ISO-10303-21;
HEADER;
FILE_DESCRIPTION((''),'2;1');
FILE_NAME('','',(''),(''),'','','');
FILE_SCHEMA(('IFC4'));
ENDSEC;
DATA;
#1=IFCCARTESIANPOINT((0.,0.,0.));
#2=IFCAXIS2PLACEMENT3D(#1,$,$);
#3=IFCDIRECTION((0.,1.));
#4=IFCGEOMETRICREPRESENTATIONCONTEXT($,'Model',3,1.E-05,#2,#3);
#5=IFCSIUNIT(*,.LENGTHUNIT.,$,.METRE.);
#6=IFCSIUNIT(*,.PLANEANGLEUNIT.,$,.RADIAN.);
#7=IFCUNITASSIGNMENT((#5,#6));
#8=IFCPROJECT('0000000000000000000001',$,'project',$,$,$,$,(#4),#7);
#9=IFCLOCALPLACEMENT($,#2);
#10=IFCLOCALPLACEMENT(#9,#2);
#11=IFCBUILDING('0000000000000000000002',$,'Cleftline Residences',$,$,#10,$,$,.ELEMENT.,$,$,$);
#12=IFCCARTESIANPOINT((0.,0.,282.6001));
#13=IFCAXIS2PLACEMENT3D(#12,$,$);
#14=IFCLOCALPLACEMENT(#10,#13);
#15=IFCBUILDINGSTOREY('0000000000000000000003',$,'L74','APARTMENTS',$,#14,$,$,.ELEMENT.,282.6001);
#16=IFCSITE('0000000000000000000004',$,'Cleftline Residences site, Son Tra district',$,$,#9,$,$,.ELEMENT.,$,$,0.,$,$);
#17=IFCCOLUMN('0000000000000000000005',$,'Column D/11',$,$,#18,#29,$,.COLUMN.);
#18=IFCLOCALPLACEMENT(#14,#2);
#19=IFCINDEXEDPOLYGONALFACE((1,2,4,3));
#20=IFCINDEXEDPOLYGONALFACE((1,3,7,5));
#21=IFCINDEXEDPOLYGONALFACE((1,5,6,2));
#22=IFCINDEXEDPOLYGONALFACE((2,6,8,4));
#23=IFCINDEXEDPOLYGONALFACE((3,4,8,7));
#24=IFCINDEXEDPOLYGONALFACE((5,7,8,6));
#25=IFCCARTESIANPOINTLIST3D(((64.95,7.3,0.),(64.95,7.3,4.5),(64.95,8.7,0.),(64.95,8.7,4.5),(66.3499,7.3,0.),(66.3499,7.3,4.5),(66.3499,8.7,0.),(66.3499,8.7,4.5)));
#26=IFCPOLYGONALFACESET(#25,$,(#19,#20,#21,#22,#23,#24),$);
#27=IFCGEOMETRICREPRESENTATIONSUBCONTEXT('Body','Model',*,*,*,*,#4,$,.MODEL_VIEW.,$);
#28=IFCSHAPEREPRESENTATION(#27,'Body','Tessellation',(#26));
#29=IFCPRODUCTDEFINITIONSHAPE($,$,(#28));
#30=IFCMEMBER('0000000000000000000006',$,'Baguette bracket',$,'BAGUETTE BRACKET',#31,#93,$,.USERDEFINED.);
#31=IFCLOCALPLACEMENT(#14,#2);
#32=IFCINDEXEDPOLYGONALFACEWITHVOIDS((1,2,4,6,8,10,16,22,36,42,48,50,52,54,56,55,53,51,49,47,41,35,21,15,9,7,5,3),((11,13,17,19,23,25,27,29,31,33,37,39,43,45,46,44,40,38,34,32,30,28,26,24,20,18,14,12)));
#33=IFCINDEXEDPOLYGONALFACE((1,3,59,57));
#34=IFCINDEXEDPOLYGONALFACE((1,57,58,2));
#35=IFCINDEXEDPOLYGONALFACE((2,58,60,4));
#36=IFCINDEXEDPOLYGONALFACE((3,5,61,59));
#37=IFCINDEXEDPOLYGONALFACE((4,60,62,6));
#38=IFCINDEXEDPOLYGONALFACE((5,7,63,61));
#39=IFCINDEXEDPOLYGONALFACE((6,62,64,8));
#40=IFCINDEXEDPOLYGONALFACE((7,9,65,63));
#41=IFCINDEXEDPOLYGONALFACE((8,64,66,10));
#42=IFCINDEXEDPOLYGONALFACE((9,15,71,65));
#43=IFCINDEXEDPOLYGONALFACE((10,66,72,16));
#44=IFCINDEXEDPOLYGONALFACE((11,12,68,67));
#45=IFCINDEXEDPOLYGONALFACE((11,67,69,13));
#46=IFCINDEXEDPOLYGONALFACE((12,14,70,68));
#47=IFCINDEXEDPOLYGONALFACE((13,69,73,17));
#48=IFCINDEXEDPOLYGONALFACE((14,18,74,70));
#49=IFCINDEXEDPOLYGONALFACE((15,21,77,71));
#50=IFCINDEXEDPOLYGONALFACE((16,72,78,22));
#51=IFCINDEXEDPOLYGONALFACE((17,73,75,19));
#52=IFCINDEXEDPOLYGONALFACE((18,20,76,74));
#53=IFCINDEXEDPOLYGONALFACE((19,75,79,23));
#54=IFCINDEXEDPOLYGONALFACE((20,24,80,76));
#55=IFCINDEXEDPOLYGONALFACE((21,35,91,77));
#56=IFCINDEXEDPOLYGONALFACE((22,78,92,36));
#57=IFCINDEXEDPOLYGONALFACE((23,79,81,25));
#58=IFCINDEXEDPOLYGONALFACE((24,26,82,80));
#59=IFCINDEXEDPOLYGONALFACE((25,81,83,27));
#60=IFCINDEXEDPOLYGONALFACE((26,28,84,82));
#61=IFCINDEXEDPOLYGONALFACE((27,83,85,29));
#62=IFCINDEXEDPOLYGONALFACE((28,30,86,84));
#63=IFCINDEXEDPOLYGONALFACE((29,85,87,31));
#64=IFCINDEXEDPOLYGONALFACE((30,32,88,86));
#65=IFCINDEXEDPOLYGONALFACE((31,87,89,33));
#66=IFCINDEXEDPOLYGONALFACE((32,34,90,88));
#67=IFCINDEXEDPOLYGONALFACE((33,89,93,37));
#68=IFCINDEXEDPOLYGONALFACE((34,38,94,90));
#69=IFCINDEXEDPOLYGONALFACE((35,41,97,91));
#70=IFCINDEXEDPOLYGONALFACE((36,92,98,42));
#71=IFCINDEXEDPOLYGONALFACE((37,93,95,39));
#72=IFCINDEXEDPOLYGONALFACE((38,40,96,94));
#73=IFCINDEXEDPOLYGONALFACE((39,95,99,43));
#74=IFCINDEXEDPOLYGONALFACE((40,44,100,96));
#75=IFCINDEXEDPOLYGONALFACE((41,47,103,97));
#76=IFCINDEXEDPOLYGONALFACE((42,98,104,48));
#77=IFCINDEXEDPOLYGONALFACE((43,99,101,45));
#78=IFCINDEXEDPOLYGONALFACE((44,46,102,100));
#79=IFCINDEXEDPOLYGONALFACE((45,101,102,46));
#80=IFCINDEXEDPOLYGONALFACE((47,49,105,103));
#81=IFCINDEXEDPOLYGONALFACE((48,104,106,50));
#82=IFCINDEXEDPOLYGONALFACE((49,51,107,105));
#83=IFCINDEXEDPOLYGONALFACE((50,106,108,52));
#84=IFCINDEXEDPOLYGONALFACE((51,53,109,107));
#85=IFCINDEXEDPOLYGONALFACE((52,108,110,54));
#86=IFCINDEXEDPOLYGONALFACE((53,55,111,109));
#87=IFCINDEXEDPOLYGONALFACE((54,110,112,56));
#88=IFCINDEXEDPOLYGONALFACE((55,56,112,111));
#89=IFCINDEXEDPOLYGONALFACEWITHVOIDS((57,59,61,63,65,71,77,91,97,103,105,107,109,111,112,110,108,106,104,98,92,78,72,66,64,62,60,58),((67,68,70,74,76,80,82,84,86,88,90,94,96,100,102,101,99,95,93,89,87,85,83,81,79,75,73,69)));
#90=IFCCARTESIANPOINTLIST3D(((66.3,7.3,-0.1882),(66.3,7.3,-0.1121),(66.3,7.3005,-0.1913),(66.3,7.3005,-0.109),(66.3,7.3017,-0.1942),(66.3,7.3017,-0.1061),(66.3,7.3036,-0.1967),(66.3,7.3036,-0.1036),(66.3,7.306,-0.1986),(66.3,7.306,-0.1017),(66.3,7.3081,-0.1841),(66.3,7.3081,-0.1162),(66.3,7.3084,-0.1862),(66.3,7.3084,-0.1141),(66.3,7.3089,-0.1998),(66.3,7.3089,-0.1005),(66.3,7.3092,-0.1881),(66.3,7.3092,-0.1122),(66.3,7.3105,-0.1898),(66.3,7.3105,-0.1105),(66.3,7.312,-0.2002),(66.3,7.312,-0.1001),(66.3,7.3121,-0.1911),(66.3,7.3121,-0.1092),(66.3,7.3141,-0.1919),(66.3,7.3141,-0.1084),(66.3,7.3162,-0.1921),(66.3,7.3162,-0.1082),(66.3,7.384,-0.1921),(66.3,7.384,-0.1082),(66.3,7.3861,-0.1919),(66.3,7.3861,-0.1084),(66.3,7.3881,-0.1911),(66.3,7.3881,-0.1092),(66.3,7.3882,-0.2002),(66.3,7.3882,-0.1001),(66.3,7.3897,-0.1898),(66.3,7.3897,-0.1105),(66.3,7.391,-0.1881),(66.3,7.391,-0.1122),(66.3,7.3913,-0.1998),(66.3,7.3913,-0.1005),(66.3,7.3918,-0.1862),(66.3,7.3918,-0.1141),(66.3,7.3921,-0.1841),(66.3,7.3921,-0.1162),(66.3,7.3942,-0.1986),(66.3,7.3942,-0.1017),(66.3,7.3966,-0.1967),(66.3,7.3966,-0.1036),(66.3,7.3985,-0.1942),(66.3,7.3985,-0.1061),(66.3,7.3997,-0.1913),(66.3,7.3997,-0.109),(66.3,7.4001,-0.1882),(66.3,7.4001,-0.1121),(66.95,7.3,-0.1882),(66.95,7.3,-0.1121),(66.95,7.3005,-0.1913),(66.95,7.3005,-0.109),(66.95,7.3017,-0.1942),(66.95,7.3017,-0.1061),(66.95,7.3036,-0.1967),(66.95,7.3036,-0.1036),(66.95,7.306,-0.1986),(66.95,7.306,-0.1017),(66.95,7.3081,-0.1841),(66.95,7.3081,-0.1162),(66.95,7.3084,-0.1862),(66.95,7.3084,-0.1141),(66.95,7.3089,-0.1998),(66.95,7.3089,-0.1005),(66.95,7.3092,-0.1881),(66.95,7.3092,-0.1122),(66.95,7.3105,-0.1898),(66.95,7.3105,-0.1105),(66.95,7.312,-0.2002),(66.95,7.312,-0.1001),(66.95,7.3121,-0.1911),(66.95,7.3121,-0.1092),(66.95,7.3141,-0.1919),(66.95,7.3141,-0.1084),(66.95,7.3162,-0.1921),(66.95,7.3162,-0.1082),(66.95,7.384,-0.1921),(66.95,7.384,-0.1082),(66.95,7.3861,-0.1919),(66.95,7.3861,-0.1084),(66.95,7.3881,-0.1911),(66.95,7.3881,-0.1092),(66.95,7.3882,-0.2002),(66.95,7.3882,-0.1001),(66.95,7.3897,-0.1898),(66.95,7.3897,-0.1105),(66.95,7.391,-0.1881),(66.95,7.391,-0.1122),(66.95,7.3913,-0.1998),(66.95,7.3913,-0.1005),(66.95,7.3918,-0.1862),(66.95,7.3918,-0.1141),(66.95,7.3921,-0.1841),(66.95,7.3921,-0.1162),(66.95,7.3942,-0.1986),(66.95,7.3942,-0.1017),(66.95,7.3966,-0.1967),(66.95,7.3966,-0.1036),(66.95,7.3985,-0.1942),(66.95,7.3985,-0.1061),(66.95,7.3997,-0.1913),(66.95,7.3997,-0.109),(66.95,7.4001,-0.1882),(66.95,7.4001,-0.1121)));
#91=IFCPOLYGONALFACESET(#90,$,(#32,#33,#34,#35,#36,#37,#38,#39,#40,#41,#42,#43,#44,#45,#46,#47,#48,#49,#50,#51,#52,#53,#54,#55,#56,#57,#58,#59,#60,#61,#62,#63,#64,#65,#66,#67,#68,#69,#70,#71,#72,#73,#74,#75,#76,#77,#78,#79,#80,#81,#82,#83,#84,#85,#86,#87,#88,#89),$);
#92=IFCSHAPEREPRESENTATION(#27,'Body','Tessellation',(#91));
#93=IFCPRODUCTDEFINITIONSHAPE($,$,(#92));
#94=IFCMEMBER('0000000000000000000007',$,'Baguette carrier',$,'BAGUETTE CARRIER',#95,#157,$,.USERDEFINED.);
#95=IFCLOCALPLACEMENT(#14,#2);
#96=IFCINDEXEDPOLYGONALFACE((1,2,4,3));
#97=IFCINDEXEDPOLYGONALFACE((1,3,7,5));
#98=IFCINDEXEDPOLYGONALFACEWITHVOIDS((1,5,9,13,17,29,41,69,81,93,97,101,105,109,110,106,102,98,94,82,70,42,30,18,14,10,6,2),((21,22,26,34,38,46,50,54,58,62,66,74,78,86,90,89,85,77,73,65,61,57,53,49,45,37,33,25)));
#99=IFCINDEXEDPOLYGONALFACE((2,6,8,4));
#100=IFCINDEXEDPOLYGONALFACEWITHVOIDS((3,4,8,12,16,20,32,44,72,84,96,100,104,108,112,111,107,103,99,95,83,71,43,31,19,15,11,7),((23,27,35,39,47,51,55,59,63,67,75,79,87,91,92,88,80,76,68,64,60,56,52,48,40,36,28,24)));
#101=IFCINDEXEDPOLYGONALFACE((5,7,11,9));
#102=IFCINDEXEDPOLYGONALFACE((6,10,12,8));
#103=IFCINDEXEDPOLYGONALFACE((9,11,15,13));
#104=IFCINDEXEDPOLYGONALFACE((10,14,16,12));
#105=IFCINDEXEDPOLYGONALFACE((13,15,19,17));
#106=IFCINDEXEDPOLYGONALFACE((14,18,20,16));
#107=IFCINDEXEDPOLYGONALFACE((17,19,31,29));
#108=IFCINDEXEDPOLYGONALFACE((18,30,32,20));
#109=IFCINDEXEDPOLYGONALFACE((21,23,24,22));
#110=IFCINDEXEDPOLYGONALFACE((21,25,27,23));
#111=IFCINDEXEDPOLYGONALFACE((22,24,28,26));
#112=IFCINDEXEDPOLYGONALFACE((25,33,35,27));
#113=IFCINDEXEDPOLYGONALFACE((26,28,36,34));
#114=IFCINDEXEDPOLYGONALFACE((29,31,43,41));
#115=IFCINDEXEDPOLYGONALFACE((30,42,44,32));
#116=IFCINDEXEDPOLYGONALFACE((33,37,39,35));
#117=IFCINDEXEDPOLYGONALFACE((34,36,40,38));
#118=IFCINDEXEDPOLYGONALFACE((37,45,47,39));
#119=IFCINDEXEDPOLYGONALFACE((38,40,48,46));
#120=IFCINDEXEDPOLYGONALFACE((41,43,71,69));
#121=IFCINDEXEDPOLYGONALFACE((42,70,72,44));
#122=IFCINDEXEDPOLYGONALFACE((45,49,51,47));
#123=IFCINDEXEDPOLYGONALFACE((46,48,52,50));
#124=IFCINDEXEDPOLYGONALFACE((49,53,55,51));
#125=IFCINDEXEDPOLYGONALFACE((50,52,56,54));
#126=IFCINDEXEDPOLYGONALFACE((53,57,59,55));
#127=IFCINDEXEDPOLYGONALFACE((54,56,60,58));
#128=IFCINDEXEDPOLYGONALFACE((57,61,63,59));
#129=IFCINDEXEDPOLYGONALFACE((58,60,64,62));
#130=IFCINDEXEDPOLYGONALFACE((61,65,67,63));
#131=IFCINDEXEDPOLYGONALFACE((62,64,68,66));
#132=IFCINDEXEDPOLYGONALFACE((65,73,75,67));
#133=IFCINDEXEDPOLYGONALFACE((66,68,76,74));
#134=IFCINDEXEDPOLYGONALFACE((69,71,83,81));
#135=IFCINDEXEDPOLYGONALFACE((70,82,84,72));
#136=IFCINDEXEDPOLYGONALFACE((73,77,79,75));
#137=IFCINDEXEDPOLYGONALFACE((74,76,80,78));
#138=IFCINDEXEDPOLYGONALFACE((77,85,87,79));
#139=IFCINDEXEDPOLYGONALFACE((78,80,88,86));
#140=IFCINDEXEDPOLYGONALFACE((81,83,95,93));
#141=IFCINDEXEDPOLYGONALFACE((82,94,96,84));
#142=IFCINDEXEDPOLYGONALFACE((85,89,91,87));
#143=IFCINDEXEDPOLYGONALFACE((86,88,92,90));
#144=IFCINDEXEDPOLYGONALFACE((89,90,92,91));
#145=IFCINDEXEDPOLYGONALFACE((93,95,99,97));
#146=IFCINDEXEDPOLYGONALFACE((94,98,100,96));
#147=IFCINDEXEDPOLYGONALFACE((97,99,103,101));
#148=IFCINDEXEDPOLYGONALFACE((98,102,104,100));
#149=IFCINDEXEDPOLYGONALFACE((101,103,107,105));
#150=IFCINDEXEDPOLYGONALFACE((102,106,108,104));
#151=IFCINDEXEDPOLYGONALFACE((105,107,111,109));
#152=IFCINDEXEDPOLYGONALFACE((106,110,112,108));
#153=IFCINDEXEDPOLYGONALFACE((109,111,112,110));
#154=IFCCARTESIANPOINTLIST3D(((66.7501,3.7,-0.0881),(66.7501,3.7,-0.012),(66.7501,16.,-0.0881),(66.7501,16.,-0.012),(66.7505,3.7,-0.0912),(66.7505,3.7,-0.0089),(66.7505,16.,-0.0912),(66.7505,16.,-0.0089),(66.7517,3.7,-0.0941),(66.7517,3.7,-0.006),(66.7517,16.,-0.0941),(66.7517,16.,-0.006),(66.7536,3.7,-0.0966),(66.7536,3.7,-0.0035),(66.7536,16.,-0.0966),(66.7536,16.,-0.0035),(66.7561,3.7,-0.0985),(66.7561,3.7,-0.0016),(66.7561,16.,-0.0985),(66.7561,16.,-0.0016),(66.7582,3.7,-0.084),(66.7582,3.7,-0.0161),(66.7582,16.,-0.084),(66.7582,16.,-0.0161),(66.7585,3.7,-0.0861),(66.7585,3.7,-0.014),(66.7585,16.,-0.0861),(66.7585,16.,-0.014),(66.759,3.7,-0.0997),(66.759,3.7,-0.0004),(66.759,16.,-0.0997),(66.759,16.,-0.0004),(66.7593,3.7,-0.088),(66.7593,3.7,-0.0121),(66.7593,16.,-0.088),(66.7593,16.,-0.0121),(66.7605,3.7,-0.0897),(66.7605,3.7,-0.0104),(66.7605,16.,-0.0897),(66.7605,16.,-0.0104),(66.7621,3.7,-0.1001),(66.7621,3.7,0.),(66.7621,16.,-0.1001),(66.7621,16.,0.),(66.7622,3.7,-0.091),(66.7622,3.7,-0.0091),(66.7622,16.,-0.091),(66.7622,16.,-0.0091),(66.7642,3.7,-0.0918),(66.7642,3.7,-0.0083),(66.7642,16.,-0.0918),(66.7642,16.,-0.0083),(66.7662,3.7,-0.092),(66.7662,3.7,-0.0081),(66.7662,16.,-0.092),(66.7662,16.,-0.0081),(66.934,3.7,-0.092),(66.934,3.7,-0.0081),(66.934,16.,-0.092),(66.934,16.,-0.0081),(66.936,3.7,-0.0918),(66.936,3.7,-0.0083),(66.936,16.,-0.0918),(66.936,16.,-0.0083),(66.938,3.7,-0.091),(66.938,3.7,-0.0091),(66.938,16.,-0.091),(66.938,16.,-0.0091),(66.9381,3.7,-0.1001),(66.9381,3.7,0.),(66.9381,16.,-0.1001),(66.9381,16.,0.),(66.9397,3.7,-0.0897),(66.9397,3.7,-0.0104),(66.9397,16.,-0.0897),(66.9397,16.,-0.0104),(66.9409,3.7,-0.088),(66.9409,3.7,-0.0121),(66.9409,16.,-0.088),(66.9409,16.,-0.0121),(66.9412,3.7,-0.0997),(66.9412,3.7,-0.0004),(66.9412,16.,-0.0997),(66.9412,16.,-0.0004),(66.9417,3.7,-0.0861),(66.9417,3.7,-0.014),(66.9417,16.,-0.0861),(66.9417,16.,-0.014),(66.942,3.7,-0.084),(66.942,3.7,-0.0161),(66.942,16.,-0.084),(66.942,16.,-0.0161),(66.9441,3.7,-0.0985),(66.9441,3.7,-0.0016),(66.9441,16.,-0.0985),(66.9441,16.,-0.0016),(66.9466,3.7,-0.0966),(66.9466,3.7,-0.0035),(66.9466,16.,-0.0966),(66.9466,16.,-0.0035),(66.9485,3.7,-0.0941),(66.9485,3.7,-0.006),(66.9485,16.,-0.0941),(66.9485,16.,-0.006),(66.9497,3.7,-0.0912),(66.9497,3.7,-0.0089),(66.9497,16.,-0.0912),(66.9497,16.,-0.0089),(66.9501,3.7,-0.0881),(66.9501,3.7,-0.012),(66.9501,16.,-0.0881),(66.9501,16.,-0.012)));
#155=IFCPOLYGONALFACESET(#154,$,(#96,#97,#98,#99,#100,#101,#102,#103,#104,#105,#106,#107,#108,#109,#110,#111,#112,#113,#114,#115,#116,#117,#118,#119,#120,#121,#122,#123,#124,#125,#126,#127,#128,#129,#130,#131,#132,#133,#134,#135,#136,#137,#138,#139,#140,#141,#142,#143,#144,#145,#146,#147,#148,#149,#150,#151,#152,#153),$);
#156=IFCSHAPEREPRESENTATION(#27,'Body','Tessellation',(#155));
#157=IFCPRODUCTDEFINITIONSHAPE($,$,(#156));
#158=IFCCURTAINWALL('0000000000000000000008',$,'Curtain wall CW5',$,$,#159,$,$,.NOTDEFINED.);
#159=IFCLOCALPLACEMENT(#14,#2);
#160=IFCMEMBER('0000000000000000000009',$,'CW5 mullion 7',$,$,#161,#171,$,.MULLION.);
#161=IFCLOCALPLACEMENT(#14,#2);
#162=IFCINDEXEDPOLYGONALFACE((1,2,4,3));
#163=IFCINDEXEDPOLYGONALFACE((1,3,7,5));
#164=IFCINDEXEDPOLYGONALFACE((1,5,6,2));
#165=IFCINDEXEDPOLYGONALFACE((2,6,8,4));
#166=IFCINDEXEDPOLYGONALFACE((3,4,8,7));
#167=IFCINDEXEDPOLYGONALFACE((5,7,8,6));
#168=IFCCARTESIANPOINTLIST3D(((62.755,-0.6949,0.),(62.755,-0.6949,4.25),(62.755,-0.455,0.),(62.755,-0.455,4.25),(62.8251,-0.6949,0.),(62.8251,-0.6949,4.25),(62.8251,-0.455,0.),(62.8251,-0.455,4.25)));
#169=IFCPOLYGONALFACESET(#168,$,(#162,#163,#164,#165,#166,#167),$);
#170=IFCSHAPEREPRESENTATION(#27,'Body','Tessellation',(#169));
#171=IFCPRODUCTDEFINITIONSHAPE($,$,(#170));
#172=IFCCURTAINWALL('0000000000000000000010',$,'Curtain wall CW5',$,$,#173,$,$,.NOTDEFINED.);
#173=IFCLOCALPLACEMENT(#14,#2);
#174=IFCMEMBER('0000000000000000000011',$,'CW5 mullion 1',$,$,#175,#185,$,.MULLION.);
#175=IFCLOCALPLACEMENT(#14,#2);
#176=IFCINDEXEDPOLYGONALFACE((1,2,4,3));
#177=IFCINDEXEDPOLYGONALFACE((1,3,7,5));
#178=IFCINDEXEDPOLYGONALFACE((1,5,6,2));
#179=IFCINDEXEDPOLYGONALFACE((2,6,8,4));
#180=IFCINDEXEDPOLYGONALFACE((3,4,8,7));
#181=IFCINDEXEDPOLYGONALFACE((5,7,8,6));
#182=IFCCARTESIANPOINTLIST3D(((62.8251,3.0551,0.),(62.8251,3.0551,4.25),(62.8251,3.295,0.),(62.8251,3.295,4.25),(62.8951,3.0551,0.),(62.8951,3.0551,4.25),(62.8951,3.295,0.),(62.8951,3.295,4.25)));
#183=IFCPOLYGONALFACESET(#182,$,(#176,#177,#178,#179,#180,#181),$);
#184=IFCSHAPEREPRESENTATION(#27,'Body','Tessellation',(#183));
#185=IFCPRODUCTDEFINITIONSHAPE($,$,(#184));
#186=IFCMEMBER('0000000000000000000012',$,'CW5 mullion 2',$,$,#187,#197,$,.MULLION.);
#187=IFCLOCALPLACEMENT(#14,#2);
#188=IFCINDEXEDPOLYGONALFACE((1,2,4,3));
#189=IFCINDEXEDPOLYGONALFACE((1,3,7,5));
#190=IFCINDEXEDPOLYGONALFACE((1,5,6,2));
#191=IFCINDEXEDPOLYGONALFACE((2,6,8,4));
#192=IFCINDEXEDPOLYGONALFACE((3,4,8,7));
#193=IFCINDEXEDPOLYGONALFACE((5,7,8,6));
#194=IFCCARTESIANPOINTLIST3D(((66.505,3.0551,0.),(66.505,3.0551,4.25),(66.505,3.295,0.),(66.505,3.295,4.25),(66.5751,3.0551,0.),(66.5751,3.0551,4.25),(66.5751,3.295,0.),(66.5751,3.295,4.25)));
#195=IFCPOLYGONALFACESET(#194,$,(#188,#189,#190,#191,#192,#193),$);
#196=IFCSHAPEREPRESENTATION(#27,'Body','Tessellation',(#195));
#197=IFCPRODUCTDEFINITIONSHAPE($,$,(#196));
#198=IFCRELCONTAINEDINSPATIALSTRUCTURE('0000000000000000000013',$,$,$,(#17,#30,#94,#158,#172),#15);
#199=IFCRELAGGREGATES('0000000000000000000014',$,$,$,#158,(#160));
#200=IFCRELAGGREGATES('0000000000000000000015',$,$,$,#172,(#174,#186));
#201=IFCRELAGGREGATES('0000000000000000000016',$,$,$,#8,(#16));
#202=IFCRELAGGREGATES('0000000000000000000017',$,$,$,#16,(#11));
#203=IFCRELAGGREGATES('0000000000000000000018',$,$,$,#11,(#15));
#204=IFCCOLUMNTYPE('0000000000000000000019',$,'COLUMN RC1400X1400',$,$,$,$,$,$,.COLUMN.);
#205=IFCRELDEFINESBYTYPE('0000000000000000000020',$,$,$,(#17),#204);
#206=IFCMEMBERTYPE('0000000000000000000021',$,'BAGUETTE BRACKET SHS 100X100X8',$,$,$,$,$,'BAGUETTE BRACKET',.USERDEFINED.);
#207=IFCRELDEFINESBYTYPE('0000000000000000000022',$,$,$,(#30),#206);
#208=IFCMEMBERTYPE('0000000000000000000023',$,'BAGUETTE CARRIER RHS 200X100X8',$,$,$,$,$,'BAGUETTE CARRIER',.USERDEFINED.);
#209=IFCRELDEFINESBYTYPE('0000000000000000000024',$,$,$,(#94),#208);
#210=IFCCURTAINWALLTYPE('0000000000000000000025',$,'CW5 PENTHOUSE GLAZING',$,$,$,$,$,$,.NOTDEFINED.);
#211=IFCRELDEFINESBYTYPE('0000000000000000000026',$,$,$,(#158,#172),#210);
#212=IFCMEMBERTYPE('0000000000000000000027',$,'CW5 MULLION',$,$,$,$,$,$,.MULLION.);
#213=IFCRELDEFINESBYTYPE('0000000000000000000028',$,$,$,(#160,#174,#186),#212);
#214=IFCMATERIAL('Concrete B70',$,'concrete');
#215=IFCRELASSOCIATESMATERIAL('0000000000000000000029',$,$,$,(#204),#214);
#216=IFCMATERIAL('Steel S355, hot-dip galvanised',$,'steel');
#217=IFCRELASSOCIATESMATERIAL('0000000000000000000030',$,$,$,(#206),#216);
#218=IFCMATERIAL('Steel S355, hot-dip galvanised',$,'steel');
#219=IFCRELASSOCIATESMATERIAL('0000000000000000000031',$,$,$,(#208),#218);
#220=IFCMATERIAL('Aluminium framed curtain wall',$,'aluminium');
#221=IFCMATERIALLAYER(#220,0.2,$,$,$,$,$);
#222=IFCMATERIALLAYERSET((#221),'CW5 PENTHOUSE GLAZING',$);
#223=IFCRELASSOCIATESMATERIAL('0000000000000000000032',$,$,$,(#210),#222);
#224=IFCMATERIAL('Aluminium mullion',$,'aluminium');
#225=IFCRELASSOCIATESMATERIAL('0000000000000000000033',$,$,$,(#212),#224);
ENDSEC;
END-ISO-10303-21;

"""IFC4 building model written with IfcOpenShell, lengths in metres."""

from ifc_helpers import new_model, si_unit, direction, frame, origin, origin_2d, place, context, subcontext, project, spatial, rectangle, hollow_rectangle, extrude, material, layer, layer_set, material_profile, profile_set, type_object, element, aggregate, save


model = new_model("IFC4")

# Units and contexts
model_context = context("Model", 3, precision=1e-05, world=origin(), true_north=direction((0.0, 1.0)))
body_context = subcontext(model_context, "Body", "Model", "MODEL_VIEW")
ifc_project = project(units=[si_unit("LENGTHUNIT", "METRE"), si_unit("PLANEANGLEUNIT", "RADIAN")], contexts=[model_context])

# Site, building, storey
site_placement = place(None, origin())
site = spatial("IfcSite", under=ifc_project, at=site_placement, Name="Cleftline Residences site, Son Tra district", CompositionType="ELEMENT", RefElevation=0.0)
building_placement = place(site_placement, origin())
building = spatial("IfcBuilding", under=site, at=building_placement, Name="Cleftline Residences", CompositionType="ELEMENT")
storey_placement = place(building_placement, frame((0.0, 0.0, 282.6001)))
storey = spatial("IfcBuildingStorey", under=building, at=storey_placement, Name="L74", Description="APARTMENTS", CompositionType="ELEMENT", Elevation=282.6001)

# Column
ifc_material_1 = material(Name="Concrete B70", Category="concrete")
ifc_material_profile_1 = material_profile(ifc_material_1, rectangle(XDim=1.3999, YDim=1.3999, at=origin_2d()))
ifc_profile_set_1 = profile_set([ifc_material_profile_1], Name="Concrete B70")
column_type = type_object("IfcColumnType", Name="COLUMN RC1400X1400", PredefinedType="COLUMN", material=ifc_profile_set_1)
column_placement = place(storey_placement, frame((65.6499, 8.0, 0.0), z_axis=(0.0, 0.0, 1.0), x_axis=(1.0, 0.0, 0.0)))
element("IfcColumn", 1, at=column_placement, inside=storey, type_object=column_type, Name="Column D/11", PredefinedType="COLUMN", context=body_context, shape_type="SweptSolid", body=[
    extrude(rectangle(XDim=1.3999, YDim=1.3999, at=origin_2d()), origin(), (0.0, 0.0, 1.0), 4.5),
])

# Members
ifc_material_2 = material(Name="Steel S355, hot-dip galvanised", Category="steel")
ifc_material_profile_2 = material_profile(ifc_material_2, hollow_rectangle(XDim=0.1001, YDim=0.1001, WallThickness=0.0081, InnerFilletRadius=0.0081, OuterFilletRadius=0.012, at=origin_2d()))
ifc_profile_set_2 = profile_set([ifc_material_profile_2], Name="Steel S355, hot-dip galvanised")
member_type_1 = type_object("IfcMemberType", Name="BAGUETTE BRACKET SHS 100X100X8", ElementType="BAGUETTE BRACKET", PredefinedType="USERDEFINED", material=ifc_profile_set_2)
member_1_placement = place(storey_placement, frame((66.3, 7.3501, -0.1501), z_axis=(1.0, 0.0, 0.0), x_axis=(0.0, 1.0, 0.0)))
element("IfcMember", 2, at=member_1_placement, inside=storey, type_object=member_type_1, Name="Baguette bracket", ObjectType="BAGUETTE BRACKET", PredefinedType="USERDEFINED", context=body_context, shape_type="SweptSolid", body=[
    extrude(hollow_rectangle(XDim=0.1001, YDim=0.1001, WallThickness=0.0081, InnerFilletRadius=0.0081, OuterFilletRadius=0.012, at=origin_2d()), origin(), (0.0, 0.0, 1.0), 0.6499),
])
ifc_material_3 = material(Name="Steel S355, hot-dip galvanised", Category="steel")
ifc_material_profile_3 = material_profile(ifc_material_3, hollow_rectangle(XDim=0.1001, YDim=0.2, WallThickness=0.0081, InnerFilletRadius=0.0081, OuterFilletRadius=0.012, at=origin_2d()))
ifc_profile_set_3 = profile_set([ifc_material_profile_3], Name="Steel S355, hot-dip galvanised")
member_type_2 = type_object("IfcMemberType", Name="BAGUETTE CARRIER RHS 200X100X8", ElementType="BAGUETTE CARRIER", PredefinedType="USERDEFINED", material=ifc_profile_set_3)
member_2_placement = place(storey_placement, frame((66.8501, 3.7, -0.05), z_axis=(0.0, 1.0, 0.0), x_axis=(0.0, 0.0, 1.0)))
element("IfcMember", 3, at=member_2_placement, inside=storey, type_object=member_type_2, Name="Baguette carrier", ObjectType="BAGUETTE CARRIER", PredefinedType="USERDEFINED", context=body_context, shape_type="SweptSolid", body=[
    extrude(hollow_rectangle(XDim=0.1001, YDim=0.2, WallThickness=0.0081, InnerFilletRadius=0.0081, OuterFilletRadius=0.012, at=origin_2d()), origin(), (0.0, 0.0, 1.0), 12.3),
])

# Curtain wall, member
ifc_material_4 = material(Name="Aluminium framed curtain wall", Category="aluminium")
ifc_layer_1 = layer(ifc_material_4, 0.2)
ifc_layer_set_1 = layer_set([ifc_layer_1], Name="CW5 PENTHOUSE GLAZING")
curtain_wall_type = type_object("IfcCurtainWallType", Name="CW5 PENTHOUSE GLAZING", PredefinedType="NOTDEFINED", material=ifc_layer_set_1)
curtain_wall_1_placement = place(storey_placement, origin())
curtain_wall_1 = element("IfcCurtainWall", 4, at=curtain_wall_1_placement, inside=storey, type_object=curtain_wall_type, Name="Curtain wall CW5", PredefinedType="NOTDEFINED")
ifc_material_5 = material(Name="Aluminium mullion", Category="aluminium")
ifc_material_profile_4 = material_profile(ifc_material_5, rectangle(XDim=0.24, YDim=0.0701, at=origin_2d()))
ifc_profile_set_4 = profile_set([ifc_material_profile_4], Name="Aluminium mullion")
member_type_3 = type_object("IfcMemberType", Name="CW5 MULLION", PredefinedType="MULLION", material=ifc_profile_set_4)
member_3_placement = place(storey_placement, frame((62.79, -0.575, 0.0), z_axis=(0.0, 0.0, 1.0), x_axis=(0.0, 1.0, 0.0)))
member_3 = element("IfcMember", 5, at=member_3_placement, type_object=member_type_3, Name="CW5 mullion 7", PredefinedType="MULLION", context=body_context, shape_type="SweptSolid", body=[
    extrude(rectangle(XDim=0.24, YDim=0.0701, at=origin_2d()), origin(), (0.0, 0.0, 1.0), 4.25),
])

# Curtain wall, members
curtain_wall_2_placement = place(storey_placement, origin())
curtain_wall_2 = element("IfcCurtainWall", 6, at=curtain_wall_2_placement, inside=storey, type_object=curtain_wall_type, Name="Curtain wall CW5", PredefinedType="NOTDEFINED")
member_4_placement = place(storey_placement, frame((62.8601, 3.175, 0.0), z_axis=(0.0, 0.0, 1.0), x_axis=(0.0, 1.0, 0.0)))
member_4 = element("IfcMember", 7, at=member_4_placement, type_object=member_type_3, Name="CW5 mullion 1", PredefinedType="MULLION", context=body_context, shape_type="SweptSolid", body=[
    extrude(rectangle(XDim=0.24, YDim=0.0701, at=origin_2d()), origin(), (0.0, 0.0, 1.0), 4.25),
])
member_5_placement = place(storey_placement, frame((66.54, 3.175, 0.0), z_axis=(0.0, 0.0, 1.0), x_axis=(0.0, 1.0, 0.0)))
member_5 = element("IfcMember", 8, at=member_5_placement, type_object=member_type_3, Name="CW5 mullion 2", PredefinedType="MULLION", context=body_context, shape_type="SweptSolid", body=[
    extrude(rectangle(XDim=0.24, YDim=0.0701, at=origin_2d()), origin(), (0.0, 0.0, 1.0), 4.25),
])

aggregate(curtain_wall_1, [member_3])
aggregate(curtain_wall_2, [member_4, member_5])

save(model, "model.ifc")
